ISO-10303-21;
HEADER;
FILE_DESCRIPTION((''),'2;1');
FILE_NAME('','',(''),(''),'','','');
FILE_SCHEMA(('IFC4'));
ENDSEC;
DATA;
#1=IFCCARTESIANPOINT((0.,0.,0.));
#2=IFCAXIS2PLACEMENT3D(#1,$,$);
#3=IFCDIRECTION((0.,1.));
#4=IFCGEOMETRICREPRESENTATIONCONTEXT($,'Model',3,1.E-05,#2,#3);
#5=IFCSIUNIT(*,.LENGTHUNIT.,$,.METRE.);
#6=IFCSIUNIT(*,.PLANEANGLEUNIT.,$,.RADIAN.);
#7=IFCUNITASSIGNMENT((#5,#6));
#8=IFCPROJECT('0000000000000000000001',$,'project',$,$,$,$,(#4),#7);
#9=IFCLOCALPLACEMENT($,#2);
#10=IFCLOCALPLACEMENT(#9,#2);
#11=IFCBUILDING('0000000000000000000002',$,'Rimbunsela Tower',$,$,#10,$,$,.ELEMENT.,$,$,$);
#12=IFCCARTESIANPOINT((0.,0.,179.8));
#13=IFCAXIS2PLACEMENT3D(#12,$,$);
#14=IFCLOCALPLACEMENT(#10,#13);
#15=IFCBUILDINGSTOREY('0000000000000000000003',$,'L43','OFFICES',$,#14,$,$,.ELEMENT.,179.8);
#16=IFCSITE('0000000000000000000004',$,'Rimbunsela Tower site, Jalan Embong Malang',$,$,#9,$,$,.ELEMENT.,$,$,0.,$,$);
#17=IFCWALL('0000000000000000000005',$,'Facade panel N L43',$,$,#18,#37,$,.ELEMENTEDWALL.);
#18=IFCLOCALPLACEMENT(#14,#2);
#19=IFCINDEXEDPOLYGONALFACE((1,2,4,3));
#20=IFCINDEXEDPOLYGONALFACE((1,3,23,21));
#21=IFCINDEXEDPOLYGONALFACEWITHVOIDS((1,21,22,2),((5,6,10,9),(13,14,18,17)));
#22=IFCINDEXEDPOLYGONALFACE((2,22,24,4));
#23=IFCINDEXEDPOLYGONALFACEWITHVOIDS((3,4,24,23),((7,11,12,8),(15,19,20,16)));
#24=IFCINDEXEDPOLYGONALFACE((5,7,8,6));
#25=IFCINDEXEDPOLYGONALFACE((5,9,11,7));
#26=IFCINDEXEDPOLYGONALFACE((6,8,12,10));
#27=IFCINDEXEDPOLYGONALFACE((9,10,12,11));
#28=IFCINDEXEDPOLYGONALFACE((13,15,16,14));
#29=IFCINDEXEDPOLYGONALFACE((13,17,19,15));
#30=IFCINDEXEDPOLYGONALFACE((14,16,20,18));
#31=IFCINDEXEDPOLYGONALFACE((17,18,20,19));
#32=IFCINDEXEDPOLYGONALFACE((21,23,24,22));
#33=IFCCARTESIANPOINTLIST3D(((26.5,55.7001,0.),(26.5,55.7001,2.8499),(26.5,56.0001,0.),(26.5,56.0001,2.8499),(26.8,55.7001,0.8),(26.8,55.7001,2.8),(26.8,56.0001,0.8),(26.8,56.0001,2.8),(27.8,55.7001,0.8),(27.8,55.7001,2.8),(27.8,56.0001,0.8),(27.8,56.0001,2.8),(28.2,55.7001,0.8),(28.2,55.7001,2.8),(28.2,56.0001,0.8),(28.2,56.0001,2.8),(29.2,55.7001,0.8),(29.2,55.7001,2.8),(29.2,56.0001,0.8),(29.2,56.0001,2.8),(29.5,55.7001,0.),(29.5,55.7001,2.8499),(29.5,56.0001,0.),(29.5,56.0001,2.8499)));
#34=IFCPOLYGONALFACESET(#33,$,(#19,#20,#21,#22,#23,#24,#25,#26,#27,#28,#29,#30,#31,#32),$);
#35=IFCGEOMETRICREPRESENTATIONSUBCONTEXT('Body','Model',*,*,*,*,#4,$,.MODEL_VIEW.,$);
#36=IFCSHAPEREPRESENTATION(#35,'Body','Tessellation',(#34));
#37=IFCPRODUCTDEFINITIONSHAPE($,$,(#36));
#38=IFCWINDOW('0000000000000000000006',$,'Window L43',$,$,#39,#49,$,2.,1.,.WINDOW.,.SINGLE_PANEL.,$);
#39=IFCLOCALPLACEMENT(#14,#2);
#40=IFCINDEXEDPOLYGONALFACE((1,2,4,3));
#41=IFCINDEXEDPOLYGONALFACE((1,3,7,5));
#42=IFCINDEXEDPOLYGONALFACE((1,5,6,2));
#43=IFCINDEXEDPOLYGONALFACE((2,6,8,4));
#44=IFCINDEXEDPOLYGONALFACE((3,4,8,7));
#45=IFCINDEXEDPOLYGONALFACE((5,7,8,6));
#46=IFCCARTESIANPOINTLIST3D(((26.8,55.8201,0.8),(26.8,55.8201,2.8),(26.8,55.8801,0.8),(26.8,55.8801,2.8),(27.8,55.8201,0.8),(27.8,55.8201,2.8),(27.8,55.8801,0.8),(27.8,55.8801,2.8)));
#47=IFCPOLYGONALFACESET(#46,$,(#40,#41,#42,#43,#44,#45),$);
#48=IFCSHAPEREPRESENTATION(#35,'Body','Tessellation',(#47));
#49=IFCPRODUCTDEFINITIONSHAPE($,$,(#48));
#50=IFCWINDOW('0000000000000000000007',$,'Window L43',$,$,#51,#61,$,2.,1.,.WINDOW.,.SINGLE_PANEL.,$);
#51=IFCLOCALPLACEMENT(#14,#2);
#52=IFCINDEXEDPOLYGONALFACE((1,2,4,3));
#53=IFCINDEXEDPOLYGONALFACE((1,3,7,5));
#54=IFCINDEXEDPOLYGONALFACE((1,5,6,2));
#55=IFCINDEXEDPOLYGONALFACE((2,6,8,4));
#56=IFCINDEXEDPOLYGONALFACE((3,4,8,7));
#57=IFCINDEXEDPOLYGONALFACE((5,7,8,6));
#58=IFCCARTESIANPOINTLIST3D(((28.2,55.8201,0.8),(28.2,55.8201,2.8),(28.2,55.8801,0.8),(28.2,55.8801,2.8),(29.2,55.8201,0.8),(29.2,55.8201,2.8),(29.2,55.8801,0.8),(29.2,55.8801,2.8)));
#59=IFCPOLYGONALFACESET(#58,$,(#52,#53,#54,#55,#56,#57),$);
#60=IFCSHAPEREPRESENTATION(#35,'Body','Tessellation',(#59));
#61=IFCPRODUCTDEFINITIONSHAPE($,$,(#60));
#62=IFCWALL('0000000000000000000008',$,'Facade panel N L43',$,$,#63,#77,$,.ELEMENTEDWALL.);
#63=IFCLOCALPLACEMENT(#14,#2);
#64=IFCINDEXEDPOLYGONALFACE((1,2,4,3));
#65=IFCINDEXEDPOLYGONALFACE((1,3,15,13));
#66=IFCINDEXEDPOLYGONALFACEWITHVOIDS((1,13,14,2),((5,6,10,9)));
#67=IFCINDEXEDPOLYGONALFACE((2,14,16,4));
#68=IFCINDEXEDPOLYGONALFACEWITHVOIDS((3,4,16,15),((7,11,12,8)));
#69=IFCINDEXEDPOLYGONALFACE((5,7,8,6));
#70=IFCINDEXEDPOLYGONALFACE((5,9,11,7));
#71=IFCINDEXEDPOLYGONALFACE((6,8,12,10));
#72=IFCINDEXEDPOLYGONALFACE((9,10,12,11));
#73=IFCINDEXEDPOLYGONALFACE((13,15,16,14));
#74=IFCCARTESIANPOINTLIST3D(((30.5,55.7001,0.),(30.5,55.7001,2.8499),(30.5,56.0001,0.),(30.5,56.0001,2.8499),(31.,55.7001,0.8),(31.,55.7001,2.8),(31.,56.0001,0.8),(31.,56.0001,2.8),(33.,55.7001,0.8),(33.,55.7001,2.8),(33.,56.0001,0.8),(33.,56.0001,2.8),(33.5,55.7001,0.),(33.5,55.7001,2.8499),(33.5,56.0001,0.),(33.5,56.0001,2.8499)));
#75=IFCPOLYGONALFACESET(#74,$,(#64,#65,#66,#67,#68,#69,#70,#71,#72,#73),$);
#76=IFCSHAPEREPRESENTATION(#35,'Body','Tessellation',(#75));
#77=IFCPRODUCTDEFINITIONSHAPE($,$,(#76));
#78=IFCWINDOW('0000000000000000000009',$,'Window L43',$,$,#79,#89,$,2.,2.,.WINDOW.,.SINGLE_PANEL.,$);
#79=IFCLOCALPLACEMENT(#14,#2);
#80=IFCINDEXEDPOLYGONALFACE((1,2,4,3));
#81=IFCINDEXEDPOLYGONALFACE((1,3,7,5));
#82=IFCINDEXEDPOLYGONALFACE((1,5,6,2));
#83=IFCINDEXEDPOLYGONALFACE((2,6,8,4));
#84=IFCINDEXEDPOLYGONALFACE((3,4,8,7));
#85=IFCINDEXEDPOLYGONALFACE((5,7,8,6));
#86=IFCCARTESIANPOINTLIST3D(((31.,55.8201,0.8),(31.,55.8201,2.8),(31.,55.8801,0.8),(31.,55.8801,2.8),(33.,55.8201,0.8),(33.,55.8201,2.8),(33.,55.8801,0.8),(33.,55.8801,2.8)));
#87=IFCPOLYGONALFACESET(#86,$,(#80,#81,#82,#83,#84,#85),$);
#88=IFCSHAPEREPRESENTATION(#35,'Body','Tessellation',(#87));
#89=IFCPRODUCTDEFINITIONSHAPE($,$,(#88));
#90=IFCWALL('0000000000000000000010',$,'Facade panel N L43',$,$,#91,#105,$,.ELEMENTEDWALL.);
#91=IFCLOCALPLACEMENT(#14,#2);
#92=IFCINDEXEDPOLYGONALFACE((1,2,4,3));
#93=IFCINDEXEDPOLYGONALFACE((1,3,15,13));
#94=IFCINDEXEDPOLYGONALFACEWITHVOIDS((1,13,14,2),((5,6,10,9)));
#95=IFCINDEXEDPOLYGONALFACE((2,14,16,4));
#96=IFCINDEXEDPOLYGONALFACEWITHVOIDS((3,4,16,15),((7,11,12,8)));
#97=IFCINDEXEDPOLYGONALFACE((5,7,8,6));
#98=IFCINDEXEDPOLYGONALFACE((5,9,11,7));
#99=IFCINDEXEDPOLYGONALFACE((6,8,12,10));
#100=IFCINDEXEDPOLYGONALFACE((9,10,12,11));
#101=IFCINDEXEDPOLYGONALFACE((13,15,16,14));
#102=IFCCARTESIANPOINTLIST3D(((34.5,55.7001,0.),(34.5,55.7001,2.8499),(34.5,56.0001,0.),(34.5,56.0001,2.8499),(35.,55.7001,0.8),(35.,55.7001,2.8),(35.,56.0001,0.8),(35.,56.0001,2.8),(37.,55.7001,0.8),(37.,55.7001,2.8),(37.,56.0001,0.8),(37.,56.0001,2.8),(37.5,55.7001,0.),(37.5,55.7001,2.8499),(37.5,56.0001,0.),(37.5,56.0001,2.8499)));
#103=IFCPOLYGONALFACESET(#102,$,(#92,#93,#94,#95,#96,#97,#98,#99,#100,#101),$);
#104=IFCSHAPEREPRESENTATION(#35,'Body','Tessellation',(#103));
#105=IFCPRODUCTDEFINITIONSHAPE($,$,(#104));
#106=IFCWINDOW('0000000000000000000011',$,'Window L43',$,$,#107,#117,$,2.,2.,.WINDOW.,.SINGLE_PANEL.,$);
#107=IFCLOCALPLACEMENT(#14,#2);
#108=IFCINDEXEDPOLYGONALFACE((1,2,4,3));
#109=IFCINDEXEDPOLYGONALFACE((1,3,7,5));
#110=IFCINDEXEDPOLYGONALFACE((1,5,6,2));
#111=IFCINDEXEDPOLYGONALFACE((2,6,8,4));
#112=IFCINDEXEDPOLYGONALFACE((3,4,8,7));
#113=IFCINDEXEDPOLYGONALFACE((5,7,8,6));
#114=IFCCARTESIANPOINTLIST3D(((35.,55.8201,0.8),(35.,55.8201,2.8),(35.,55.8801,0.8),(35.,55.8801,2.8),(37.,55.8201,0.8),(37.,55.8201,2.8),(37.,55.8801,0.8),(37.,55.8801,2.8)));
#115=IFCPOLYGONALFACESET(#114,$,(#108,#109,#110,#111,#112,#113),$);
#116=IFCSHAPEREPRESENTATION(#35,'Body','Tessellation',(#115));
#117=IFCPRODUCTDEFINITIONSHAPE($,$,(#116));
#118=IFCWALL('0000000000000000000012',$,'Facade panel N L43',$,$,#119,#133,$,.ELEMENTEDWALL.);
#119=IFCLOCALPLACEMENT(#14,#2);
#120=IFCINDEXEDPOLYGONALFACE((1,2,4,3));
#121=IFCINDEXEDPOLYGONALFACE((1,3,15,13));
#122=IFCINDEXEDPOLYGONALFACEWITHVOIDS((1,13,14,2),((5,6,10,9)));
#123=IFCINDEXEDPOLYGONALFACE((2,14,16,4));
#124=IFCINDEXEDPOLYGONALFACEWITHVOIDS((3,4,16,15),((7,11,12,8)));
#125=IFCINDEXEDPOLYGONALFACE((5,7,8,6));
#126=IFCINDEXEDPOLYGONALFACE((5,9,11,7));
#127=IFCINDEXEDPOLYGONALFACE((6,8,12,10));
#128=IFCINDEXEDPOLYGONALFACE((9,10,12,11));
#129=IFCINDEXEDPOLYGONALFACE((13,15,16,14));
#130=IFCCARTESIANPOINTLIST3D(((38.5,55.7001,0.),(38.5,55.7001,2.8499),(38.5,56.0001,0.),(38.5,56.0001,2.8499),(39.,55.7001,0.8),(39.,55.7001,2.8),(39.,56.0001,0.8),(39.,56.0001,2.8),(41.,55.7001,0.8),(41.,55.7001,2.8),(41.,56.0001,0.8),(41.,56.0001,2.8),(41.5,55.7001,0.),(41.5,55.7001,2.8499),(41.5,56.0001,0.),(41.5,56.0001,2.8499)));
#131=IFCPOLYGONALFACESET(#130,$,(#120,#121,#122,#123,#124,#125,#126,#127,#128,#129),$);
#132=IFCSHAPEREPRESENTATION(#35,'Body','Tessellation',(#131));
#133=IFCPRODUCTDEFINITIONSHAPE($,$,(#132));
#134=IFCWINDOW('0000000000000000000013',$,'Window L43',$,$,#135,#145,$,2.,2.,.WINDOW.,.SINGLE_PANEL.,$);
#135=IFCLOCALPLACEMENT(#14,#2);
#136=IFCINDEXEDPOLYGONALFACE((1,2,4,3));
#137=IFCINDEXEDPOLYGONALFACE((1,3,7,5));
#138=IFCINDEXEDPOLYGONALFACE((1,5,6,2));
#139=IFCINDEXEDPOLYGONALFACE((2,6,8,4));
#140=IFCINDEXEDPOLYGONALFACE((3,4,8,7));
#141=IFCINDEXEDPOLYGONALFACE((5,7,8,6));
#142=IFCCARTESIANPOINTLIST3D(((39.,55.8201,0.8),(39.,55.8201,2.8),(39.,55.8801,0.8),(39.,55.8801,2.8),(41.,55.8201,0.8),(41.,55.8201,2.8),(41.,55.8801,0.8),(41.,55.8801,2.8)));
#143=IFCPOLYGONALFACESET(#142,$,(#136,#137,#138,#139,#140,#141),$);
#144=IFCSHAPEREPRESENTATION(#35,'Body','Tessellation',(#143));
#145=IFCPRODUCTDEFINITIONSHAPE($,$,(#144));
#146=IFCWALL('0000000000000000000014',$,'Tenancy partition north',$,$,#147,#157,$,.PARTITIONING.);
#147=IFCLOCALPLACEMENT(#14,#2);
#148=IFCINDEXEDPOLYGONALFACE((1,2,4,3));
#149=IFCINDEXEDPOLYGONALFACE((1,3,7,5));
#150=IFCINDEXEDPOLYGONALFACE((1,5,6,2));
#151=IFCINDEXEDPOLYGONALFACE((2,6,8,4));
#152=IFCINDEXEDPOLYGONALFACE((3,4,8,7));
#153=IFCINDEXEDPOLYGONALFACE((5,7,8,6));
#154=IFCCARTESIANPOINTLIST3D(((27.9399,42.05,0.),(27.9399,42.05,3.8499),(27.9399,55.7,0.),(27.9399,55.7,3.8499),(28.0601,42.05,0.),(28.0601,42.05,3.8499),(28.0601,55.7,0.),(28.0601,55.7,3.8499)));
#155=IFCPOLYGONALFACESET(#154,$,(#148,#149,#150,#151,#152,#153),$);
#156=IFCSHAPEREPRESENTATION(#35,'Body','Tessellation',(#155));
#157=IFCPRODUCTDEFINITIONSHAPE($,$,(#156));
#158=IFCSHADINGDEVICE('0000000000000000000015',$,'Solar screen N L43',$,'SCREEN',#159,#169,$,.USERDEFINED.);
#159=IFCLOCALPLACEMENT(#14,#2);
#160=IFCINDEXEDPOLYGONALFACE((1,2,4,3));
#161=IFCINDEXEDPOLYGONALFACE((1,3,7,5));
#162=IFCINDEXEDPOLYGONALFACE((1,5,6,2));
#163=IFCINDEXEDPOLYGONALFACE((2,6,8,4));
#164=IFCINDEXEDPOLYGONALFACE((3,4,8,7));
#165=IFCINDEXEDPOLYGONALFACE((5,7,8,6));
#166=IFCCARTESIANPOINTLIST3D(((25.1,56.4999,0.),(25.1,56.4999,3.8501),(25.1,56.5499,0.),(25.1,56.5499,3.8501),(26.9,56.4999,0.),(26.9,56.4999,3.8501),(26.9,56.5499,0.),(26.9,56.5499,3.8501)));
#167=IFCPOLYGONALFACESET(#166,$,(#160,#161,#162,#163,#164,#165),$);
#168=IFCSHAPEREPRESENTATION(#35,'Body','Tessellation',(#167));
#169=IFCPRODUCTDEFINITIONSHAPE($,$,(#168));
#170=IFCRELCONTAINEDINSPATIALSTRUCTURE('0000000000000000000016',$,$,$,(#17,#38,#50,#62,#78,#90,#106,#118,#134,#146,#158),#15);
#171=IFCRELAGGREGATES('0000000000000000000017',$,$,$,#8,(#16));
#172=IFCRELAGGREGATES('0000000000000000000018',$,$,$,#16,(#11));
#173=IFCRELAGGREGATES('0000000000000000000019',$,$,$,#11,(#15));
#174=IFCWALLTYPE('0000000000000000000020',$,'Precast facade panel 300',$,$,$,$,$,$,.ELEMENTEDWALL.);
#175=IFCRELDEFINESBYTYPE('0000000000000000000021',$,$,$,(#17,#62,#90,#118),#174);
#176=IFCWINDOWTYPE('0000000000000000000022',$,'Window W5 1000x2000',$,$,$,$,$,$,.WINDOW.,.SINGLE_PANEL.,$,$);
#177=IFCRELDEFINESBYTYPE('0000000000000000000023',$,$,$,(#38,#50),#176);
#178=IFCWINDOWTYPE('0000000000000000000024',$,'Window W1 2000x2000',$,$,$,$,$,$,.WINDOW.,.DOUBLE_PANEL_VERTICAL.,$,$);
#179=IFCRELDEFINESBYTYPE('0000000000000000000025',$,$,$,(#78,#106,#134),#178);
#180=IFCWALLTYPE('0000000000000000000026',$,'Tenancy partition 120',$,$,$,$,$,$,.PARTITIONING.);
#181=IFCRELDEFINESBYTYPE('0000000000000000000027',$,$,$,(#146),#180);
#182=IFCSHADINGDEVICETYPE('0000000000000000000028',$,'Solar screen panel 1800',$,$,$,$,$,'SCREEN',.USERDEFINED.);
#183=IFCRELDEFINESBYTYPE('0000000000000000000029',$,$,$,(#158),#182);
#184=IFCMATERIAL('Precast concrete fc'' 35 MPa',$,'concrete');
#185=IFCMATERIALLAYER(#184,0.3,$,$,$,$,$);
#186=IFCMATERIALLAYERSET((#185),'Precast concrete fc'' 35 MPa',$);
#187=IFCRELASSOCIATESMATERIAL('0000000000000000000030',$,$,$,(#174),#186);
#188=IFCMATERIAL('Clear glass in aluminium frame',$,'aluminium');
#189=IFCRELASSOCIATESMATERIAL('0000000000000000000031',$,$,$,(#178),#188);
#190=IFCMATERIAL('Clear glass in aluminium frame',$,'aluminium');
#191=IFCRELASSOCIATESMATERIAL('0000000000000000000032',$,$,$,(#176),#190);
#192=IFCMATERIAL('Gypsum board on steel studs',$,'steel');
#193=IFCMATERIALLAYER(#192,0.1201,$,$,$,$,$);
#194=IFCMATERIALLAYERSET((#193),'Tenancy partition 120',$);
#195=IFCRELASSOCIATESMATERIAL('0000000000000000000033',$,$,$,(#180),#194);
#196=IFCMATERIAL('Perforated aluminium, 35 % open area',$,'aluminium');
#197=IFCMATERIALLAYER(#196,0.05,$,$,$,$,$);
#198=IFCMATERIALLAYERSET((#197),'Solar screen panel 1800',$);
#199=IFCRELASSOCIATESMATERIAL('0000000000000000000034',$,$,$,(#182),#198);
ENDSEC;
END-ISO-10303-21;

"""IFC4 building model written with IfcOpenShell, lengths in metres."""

from ifc_helpers import new_model, si_unit, direction, frame, frame_2d, origin, origin_2d, place, context, subcontext, project, spatial, rectangle, extrude, material, layer, layer_set, type_object, element, fill, save


model = new_model("IFC4")

# Units and contexts
model_context = context("Model", 3, precision=1e-05, world=origin(), true_north=direction((0.0, 1.0)))
body_context = subcontext(model_context, "Body", "Model", "MODEL_VIEW")
ifc_project = project(units=[si_unit("LENGTHUNIT", "METRE"), si_unit("PLANEANGLEUNIT", "RADIAN")], contexts=[model_context])

# Site, building, storey
site_placement = place(None, origin())
site = spatial("IfcSite", under=ifc_project, at=site_placement, Name="Rimbunsela Tower site, Jalan Embong Malang", CompositionType="ELEMENT", RefElevation=0.0)
building_placement = place(site_placement, origin())
building = spatial("IfcBuilding", under=site, at=building_placement, Name="Rimbunsela Tower", CompositionType="ELEMENT")
storey_placement = place(building_placement, frame((0.0, 0.0, 179.8)))
storey = spatial("IfcBuildingStorey", under=building, at=storey_placement, Name="L43", Description="OFFICES", CompositionType="ELEMENT", Elevation=179.8)

# Shared definitions
ifc_material_1 = material(Name="Precast concrete fc' 35 MPa", Category="concrete")
ifc_layer_1 = layer(ifc_material_1, 0.3)
ifc_layer_set_1 = layer_set([ifc_layer_1], Name="Precast concrete fc' 35 MPa")
wall_type_1 = type_object("IfcWallType", Name="Precast facade panel 300", PredefinedType="ELEMENTEDWALL", material=ifc_layer_set_1)
ifc_material_2 = material(Name="Clear glass in aluminium frame", Category="aluminium")
window_type_1 = type_object("IfcWindowType", Name="Window W1 2000x2000", PartitioningType="DOUBLE_PANEL_VERTICAL", PredefinedType="WINDOW", material=ifc_material_2)

# Wall, openings, windows
wall_1_placement = place(storey_placement, frame((29.5, 55.8501, 0.0), z_axis=(0.0, 0.0, 1.0), x_axis=(-1.0, 0.0, 0.0)))
wall_1 = element("IfcWall", 1, at=wall_1_placement, inside=storey, type_object=wall_type_1, Name="Facade panel N L43", PredefinedType="ELEMENTEDWALL", context=body_context, shape_type="SweptSolid", body=[
    extrude(rectangle(XDim=3.0, YDim=0.3, at=frame_2d((1.5, 0.0))), origin(), (0.0, 0.0, 1.0), 2.8499),
])
opening_1_placement = place(wall_1_placement, frame((1.7, 0.0, 0.8)))
opening_1 = element("IfcOpeningElement", 2, at=opening_1_placement, cuts=wall_1, PredefinedType="OPENING", context=body_context, shape_type="SweptSolid", body=[
    extrude(rectangle(XDim=1.0, YDim=2.0, at=frame_2d((0.5, 1.0))), frame((0.0, 0.1599, 0.0), z_axis=(0.0, -1.0, 0.0), x_axis=(1.0, 0.0, 0.0)), (0.0, 0.0, 1.0), 0.3201),
])
opening_2_placement = place(wall_1_placement, frame((0.3, 0.0, 0.8)))
opening_2 = element("IfcOpeningElement", 3, at=opening_2_placement, cuts=wall_1, PredefinedType="OPENING", context=body_context, shape_type="SweptSolid", body=[
    extrude(rectangle(XDim=1.0, YDim=2.0, at=frame_2d((0.5, 1.0))), frame((0.0, 0.1599, 0.0), z_axis=(0.0, -1.0, 0.0), x_axis=(1.0, 0.0, 0.0)), (0.0, 0.0, 1.0), 0.3201),
])
ifc_material_3 = material(Name="Clear glass in aluminium frame", Category="aluminium")
window_type_2 = type_object("IfcWindowType", Name="Window W5 1000x2000", PartitioningType="SINGLE_PANEL", PredefinedType="WINDOW", material=ifc_material_3)
window_1_placement = place(opening_1_placement, origin())
window_1 = element("IfcWindow", 4, at=window_1_placement, inside=storey, type_object=window_type_2, Name="Window L43", OverallHeight=2.0, OverallWidth=1.0, PartitioningType="SINGLE_PANEL", PredefinedType="WINDOW", context=body_context, shape_type="SweptSolid", body=[
    extrude(rectangle(XDim=1.0, YDim=2.0, at=frame_2d((0.5, 1.0))), frame((0.0, 0.03, 0.0), z_axis=(0.0, -1.0, 0.0), x_axis=(1.0, 0.0, 0.0)), (0.0, 0.0, 1.0), 0.0601),
])
fill(opening_1, window_1)
window_2_placement = place(opening_2_placement, origin())
window_2 = element("IfcWindow", 5, at=window_2_placement, inside=storey, type_object=window_type_2, Name="Window L43", OverallHeight=2.0, OverallWidth=1.0, PartitioningType="SINGLE_PANEL", PredefinedType="WINDOW", context=body_context, shape_type="SweptSolid", body=[
    extrude(rectangle(XDim=1.0, YDim=2.0, at=frame_2d((0.5, 1.0))), frame((0.0, 0.03, 0.0), z_axis=(0.0, -1.0, 0.0), x_axis=(1.0, 0.0, 0.0)), (0.0, 0.0, 1.0), 0.0601),
])
fill(opening_2, window_2)

# Walls, openings, windows
wall_2_placement = place(storey_placement, frame((33.5, 55.8501, 0.0), z_axis=(0.0, 0.0, 1.0), x_axis=(-1.0, 0.0, 0.0)))
wall_2 = element("IfcWall", 6, at=wall_2_placement, inside=storey, type_object=wall_type_1, Name="Facade panel N L43", PredefinedType="ELEMENTEDWALL", context=body_context, shape_type="SweptSolid", body=[
    extrude(rectangle(XDim=3.0, YDim=0.3, at=frame_2d((1.5, 0.0))), origin(), (0.0, 0.0, 1.0), 2.8499),
])
opening_3_placement = place(wall_2_placement, frame((0.5, 0.0, 0.8)))
opening_3 = element("IfcOpeningElement", 7, at=opening_3_placement, cuts=wall_2, PredefinedType="OPENING", context=body_context, shape_type="SweptSolid", body=[
    extrude(rectangle(XDim=2.0, YDim=2.0, at=frame_2d((1.0, 1.0))), frame((0.0, 0.1599, 0.0), z_axis=(0.0, -1.0, 0.0), x_axis=(1.0, 0.0, 0.0)), (0.0, 0.0, 1.0), 0.3201),
])
window_3_placement = place(opening_3_placement, origin())
window_3 = element("IfcWindow", 8, at=window_3_placement, inside=storey, type_object=window_type_1, Name="Window L43", OverallHeight=2.0, OverallWidth=2.0, PartitioningType="SINGLE_PANEL", PredefinedType="WINDOW", context=body_context, shape_type="SweptSolid", body=[
    extrude(rectangle(XDim=2.0, YDim=2.0, at=frame_2d((1.0, 1.0))), frame((0.0, 0.03, 0.0), z_axis=(0.0, -1.0, 0.0), x_axis=(1.0, 0.0, 0.0)), (0.0, 0.0, 1.0), 0.0601),
])
fill(opening_3, window_3)
wall_3_placement = place(storey_placement, frame((37.5, 55.8501, 0.0), z_axis=(0.0, 0.0, 1.0), x_axis=(-1.0, 0.0, 0.0)))
wall_3 = element("IfcWall", 9, at=wall_3_placement, inside=storey, type_object=wall_type_1, Name="Facade panel N L43", PredefinedType="ELEMENTEDWALL", context=body_context, shape_type="SweptSolid", body=[
    extrude(rectangle(XDim=3.0, YDim=0.3, at=frame_2d((1.5, 0.0))), origin(), (0.0, 0.0, 1.0), 2.8499),
])
opening_4_placement = place(wall_3_placement, frame((0.5, 0.0, 0.8)))
opening_4 = element("IfcOpeningElement", 10, at=opening_4_placement, cuts=wall_3, PredefinedType="OPENING", context=body_context, shape_type="SweptSolid", body=[
    extrude(rectangle(XDim=2.0, YDim=2.0, at=frame_2d((1.0, 1.0))), frame((0.0, 0.1599, 0.0), z_axis=(0.0, -1.0, 0.0), x_axis=(1.0, 0.0, 0.0)), (0.0, 0.0, 1.0), 0.3201),
])
window_4_placement = place(opening_4_placement, origin())
window_4 = element("IfcWindow", 11, at=window_4_placement, inside=storey, type_object=window_type_1, Name="Window L43", OverallHeight=2.0, OverallWidth=2.0, PartitioningType="SINGLE_PANEL", PredefinedType="WINDOW", context=body_context, shape_type="SweptSolid", body=[
    extrude(rectangle(XDim=2.0, YDim=2.0, at=frame_2d((1.0, 1.0))), frame((0.0, 0.03, 0.0), z_axis=(0.0, -1.0, 0.0), x_axis=(1.0, 0.0, 0.0)), (0.0, 0.0, 1.0), 0.0601),
])
fill(opening_4, window_4)
wall_4_placement = place(storey_placement, frame((41.5, 55.8501, 0.0), z_axis=(0.0, 0.0, 1.0), x_axis=(-1.0, 0.0, 0.0)))
wall_4 = element("IfcWall", 12, at=wall_4_placement, inside=storey, type_object=wall_type_1, Name="Facade panel N L43", PredefinedType="ELEMENTEDWALL", context=body_context, shape_type="SweptSolid", body=[
    extrude(rectangle(XDim=3.0, YDim=0.3, at=frame_2d((1.5, 0.0))), origin(), (0.0, 0.0, 1.0), 2.8499),
])
opening_5_placement = place(wall_4_placement, frame((0.5, 0.0, 0.8)))
opening_5 = element("IfcOpeningElement", 13, at=opening_5_placement, cuts=wall_4, PredefinedType="OPENING", context=body_context, shape_type="SweptSolid", body=[
    extrude(rectangle(XDim=2.0, YDim=2.0, at=frame_2d((1.0, 1.0))), frame((0.0, 0.1599, 0.0), z_axis=(0.0, -1.0, 0.0), x_axis=(1.0, 0.0, 0.0)), (0.0, 0.0, 1.0), 0.3201),
])
window_5_placement = place(opening_5_placement, origin())
window_5 = element("IfcWindow", 14, at=window_5_placement, inside=storey, type_object=window_type_1, Name="Window L43", OverallHeight=2.0, OverallWidth=2.0, PartitioningType="SINGLE_PANEL", PredefinedType="WINDOW", context=body_context, shape_type="SweptSolid", body=[
    extrude(rectangle(XDim=2.0, YDim=2.0, at=frame_2d((1.0, 1.0))), frame((0.0, 0.03, 0.0), z_axis=(0.0, -1.0, 0.0), x_axis=(1.0, 0.0, 0.0)), (0.0, 0.0, 1.0), 0.0601),
])
fill(opening_5, window_5)

# Wall
ifc_material_4 = material(Name="Gypsum board on steel studs", Category="steel")
ifc_layer_2 = layer(ifc_material_4, 0.1201)
ifc_layer_set_2 = layer_set([ifc_layer_2], Name="Tenancy partition 120")
wall_type_2 = type_object("IfcWallType", Name="Tenancy partition 120", PredefinedType="PARTITIONING", material=ifc_layer_set_2)
wall_5_placement = place(storey_placement, frame((28.0, 42.05, 0.0), z_axis=(0.0, 0.0, 1.0), x_axis=(0.0, 1.0, 0.0)))
element("IfcWall", 15, at=wall_5_placement, inside=storey, type_object=wall_type_2, Name="Tenancy partition north", PredefinedType="PARTITIONING", context=body_context, shape_type="SweptSolid", body=[
    extrude(rectangle(XDim=13.6499, YDim=0.1201, at=frame_2d((6.825, 0.0))), origin(), (0.0, 0.0, 1.0), 3.8499),
])

# Shading device
ifc_material_5 = material(Name="Perforated aluminium, 35 % open area", Category="aluminium")
ifc_layer_3 = layer(ifc_material_5, 0.05)
ifc_layer_set_3 = layer_set([ifc_layer_3], Name="Solar screen panel 1800")
shading_device_type = type_object("IfcShadingDeviceType", Name="Solar screen panel 1800", ElementType="SCREEN", PredefinedType="USERDEFINED", material=ifc_layer_set_3)
for number, where, z_axis, x_axis, name in (
    (16, (26.0, 56.5249, 0.0), (0.0, 0.0, 1.0), (1.0, 0.0, 0.0), "Solar screen N L43"),
):
    element("IfcShadingDevice", number, at=place(storey_placement, frame(where, z_axis=z_axis, x_axis=x_axis)), inside=storey, type_object=shading_device_type, Name=name, ObjectType="SCREEN", PredefinedType="USERDEFINED", context=body_context, shape_type="SweptSolid", body=[
        extrude(rectangle(XDim=1.8, YDim=0.05, at=origin_2d()), origin(), (0.0, 0.0, 1.0), 3.8501),
    ])

save(model, "model.ifc")
